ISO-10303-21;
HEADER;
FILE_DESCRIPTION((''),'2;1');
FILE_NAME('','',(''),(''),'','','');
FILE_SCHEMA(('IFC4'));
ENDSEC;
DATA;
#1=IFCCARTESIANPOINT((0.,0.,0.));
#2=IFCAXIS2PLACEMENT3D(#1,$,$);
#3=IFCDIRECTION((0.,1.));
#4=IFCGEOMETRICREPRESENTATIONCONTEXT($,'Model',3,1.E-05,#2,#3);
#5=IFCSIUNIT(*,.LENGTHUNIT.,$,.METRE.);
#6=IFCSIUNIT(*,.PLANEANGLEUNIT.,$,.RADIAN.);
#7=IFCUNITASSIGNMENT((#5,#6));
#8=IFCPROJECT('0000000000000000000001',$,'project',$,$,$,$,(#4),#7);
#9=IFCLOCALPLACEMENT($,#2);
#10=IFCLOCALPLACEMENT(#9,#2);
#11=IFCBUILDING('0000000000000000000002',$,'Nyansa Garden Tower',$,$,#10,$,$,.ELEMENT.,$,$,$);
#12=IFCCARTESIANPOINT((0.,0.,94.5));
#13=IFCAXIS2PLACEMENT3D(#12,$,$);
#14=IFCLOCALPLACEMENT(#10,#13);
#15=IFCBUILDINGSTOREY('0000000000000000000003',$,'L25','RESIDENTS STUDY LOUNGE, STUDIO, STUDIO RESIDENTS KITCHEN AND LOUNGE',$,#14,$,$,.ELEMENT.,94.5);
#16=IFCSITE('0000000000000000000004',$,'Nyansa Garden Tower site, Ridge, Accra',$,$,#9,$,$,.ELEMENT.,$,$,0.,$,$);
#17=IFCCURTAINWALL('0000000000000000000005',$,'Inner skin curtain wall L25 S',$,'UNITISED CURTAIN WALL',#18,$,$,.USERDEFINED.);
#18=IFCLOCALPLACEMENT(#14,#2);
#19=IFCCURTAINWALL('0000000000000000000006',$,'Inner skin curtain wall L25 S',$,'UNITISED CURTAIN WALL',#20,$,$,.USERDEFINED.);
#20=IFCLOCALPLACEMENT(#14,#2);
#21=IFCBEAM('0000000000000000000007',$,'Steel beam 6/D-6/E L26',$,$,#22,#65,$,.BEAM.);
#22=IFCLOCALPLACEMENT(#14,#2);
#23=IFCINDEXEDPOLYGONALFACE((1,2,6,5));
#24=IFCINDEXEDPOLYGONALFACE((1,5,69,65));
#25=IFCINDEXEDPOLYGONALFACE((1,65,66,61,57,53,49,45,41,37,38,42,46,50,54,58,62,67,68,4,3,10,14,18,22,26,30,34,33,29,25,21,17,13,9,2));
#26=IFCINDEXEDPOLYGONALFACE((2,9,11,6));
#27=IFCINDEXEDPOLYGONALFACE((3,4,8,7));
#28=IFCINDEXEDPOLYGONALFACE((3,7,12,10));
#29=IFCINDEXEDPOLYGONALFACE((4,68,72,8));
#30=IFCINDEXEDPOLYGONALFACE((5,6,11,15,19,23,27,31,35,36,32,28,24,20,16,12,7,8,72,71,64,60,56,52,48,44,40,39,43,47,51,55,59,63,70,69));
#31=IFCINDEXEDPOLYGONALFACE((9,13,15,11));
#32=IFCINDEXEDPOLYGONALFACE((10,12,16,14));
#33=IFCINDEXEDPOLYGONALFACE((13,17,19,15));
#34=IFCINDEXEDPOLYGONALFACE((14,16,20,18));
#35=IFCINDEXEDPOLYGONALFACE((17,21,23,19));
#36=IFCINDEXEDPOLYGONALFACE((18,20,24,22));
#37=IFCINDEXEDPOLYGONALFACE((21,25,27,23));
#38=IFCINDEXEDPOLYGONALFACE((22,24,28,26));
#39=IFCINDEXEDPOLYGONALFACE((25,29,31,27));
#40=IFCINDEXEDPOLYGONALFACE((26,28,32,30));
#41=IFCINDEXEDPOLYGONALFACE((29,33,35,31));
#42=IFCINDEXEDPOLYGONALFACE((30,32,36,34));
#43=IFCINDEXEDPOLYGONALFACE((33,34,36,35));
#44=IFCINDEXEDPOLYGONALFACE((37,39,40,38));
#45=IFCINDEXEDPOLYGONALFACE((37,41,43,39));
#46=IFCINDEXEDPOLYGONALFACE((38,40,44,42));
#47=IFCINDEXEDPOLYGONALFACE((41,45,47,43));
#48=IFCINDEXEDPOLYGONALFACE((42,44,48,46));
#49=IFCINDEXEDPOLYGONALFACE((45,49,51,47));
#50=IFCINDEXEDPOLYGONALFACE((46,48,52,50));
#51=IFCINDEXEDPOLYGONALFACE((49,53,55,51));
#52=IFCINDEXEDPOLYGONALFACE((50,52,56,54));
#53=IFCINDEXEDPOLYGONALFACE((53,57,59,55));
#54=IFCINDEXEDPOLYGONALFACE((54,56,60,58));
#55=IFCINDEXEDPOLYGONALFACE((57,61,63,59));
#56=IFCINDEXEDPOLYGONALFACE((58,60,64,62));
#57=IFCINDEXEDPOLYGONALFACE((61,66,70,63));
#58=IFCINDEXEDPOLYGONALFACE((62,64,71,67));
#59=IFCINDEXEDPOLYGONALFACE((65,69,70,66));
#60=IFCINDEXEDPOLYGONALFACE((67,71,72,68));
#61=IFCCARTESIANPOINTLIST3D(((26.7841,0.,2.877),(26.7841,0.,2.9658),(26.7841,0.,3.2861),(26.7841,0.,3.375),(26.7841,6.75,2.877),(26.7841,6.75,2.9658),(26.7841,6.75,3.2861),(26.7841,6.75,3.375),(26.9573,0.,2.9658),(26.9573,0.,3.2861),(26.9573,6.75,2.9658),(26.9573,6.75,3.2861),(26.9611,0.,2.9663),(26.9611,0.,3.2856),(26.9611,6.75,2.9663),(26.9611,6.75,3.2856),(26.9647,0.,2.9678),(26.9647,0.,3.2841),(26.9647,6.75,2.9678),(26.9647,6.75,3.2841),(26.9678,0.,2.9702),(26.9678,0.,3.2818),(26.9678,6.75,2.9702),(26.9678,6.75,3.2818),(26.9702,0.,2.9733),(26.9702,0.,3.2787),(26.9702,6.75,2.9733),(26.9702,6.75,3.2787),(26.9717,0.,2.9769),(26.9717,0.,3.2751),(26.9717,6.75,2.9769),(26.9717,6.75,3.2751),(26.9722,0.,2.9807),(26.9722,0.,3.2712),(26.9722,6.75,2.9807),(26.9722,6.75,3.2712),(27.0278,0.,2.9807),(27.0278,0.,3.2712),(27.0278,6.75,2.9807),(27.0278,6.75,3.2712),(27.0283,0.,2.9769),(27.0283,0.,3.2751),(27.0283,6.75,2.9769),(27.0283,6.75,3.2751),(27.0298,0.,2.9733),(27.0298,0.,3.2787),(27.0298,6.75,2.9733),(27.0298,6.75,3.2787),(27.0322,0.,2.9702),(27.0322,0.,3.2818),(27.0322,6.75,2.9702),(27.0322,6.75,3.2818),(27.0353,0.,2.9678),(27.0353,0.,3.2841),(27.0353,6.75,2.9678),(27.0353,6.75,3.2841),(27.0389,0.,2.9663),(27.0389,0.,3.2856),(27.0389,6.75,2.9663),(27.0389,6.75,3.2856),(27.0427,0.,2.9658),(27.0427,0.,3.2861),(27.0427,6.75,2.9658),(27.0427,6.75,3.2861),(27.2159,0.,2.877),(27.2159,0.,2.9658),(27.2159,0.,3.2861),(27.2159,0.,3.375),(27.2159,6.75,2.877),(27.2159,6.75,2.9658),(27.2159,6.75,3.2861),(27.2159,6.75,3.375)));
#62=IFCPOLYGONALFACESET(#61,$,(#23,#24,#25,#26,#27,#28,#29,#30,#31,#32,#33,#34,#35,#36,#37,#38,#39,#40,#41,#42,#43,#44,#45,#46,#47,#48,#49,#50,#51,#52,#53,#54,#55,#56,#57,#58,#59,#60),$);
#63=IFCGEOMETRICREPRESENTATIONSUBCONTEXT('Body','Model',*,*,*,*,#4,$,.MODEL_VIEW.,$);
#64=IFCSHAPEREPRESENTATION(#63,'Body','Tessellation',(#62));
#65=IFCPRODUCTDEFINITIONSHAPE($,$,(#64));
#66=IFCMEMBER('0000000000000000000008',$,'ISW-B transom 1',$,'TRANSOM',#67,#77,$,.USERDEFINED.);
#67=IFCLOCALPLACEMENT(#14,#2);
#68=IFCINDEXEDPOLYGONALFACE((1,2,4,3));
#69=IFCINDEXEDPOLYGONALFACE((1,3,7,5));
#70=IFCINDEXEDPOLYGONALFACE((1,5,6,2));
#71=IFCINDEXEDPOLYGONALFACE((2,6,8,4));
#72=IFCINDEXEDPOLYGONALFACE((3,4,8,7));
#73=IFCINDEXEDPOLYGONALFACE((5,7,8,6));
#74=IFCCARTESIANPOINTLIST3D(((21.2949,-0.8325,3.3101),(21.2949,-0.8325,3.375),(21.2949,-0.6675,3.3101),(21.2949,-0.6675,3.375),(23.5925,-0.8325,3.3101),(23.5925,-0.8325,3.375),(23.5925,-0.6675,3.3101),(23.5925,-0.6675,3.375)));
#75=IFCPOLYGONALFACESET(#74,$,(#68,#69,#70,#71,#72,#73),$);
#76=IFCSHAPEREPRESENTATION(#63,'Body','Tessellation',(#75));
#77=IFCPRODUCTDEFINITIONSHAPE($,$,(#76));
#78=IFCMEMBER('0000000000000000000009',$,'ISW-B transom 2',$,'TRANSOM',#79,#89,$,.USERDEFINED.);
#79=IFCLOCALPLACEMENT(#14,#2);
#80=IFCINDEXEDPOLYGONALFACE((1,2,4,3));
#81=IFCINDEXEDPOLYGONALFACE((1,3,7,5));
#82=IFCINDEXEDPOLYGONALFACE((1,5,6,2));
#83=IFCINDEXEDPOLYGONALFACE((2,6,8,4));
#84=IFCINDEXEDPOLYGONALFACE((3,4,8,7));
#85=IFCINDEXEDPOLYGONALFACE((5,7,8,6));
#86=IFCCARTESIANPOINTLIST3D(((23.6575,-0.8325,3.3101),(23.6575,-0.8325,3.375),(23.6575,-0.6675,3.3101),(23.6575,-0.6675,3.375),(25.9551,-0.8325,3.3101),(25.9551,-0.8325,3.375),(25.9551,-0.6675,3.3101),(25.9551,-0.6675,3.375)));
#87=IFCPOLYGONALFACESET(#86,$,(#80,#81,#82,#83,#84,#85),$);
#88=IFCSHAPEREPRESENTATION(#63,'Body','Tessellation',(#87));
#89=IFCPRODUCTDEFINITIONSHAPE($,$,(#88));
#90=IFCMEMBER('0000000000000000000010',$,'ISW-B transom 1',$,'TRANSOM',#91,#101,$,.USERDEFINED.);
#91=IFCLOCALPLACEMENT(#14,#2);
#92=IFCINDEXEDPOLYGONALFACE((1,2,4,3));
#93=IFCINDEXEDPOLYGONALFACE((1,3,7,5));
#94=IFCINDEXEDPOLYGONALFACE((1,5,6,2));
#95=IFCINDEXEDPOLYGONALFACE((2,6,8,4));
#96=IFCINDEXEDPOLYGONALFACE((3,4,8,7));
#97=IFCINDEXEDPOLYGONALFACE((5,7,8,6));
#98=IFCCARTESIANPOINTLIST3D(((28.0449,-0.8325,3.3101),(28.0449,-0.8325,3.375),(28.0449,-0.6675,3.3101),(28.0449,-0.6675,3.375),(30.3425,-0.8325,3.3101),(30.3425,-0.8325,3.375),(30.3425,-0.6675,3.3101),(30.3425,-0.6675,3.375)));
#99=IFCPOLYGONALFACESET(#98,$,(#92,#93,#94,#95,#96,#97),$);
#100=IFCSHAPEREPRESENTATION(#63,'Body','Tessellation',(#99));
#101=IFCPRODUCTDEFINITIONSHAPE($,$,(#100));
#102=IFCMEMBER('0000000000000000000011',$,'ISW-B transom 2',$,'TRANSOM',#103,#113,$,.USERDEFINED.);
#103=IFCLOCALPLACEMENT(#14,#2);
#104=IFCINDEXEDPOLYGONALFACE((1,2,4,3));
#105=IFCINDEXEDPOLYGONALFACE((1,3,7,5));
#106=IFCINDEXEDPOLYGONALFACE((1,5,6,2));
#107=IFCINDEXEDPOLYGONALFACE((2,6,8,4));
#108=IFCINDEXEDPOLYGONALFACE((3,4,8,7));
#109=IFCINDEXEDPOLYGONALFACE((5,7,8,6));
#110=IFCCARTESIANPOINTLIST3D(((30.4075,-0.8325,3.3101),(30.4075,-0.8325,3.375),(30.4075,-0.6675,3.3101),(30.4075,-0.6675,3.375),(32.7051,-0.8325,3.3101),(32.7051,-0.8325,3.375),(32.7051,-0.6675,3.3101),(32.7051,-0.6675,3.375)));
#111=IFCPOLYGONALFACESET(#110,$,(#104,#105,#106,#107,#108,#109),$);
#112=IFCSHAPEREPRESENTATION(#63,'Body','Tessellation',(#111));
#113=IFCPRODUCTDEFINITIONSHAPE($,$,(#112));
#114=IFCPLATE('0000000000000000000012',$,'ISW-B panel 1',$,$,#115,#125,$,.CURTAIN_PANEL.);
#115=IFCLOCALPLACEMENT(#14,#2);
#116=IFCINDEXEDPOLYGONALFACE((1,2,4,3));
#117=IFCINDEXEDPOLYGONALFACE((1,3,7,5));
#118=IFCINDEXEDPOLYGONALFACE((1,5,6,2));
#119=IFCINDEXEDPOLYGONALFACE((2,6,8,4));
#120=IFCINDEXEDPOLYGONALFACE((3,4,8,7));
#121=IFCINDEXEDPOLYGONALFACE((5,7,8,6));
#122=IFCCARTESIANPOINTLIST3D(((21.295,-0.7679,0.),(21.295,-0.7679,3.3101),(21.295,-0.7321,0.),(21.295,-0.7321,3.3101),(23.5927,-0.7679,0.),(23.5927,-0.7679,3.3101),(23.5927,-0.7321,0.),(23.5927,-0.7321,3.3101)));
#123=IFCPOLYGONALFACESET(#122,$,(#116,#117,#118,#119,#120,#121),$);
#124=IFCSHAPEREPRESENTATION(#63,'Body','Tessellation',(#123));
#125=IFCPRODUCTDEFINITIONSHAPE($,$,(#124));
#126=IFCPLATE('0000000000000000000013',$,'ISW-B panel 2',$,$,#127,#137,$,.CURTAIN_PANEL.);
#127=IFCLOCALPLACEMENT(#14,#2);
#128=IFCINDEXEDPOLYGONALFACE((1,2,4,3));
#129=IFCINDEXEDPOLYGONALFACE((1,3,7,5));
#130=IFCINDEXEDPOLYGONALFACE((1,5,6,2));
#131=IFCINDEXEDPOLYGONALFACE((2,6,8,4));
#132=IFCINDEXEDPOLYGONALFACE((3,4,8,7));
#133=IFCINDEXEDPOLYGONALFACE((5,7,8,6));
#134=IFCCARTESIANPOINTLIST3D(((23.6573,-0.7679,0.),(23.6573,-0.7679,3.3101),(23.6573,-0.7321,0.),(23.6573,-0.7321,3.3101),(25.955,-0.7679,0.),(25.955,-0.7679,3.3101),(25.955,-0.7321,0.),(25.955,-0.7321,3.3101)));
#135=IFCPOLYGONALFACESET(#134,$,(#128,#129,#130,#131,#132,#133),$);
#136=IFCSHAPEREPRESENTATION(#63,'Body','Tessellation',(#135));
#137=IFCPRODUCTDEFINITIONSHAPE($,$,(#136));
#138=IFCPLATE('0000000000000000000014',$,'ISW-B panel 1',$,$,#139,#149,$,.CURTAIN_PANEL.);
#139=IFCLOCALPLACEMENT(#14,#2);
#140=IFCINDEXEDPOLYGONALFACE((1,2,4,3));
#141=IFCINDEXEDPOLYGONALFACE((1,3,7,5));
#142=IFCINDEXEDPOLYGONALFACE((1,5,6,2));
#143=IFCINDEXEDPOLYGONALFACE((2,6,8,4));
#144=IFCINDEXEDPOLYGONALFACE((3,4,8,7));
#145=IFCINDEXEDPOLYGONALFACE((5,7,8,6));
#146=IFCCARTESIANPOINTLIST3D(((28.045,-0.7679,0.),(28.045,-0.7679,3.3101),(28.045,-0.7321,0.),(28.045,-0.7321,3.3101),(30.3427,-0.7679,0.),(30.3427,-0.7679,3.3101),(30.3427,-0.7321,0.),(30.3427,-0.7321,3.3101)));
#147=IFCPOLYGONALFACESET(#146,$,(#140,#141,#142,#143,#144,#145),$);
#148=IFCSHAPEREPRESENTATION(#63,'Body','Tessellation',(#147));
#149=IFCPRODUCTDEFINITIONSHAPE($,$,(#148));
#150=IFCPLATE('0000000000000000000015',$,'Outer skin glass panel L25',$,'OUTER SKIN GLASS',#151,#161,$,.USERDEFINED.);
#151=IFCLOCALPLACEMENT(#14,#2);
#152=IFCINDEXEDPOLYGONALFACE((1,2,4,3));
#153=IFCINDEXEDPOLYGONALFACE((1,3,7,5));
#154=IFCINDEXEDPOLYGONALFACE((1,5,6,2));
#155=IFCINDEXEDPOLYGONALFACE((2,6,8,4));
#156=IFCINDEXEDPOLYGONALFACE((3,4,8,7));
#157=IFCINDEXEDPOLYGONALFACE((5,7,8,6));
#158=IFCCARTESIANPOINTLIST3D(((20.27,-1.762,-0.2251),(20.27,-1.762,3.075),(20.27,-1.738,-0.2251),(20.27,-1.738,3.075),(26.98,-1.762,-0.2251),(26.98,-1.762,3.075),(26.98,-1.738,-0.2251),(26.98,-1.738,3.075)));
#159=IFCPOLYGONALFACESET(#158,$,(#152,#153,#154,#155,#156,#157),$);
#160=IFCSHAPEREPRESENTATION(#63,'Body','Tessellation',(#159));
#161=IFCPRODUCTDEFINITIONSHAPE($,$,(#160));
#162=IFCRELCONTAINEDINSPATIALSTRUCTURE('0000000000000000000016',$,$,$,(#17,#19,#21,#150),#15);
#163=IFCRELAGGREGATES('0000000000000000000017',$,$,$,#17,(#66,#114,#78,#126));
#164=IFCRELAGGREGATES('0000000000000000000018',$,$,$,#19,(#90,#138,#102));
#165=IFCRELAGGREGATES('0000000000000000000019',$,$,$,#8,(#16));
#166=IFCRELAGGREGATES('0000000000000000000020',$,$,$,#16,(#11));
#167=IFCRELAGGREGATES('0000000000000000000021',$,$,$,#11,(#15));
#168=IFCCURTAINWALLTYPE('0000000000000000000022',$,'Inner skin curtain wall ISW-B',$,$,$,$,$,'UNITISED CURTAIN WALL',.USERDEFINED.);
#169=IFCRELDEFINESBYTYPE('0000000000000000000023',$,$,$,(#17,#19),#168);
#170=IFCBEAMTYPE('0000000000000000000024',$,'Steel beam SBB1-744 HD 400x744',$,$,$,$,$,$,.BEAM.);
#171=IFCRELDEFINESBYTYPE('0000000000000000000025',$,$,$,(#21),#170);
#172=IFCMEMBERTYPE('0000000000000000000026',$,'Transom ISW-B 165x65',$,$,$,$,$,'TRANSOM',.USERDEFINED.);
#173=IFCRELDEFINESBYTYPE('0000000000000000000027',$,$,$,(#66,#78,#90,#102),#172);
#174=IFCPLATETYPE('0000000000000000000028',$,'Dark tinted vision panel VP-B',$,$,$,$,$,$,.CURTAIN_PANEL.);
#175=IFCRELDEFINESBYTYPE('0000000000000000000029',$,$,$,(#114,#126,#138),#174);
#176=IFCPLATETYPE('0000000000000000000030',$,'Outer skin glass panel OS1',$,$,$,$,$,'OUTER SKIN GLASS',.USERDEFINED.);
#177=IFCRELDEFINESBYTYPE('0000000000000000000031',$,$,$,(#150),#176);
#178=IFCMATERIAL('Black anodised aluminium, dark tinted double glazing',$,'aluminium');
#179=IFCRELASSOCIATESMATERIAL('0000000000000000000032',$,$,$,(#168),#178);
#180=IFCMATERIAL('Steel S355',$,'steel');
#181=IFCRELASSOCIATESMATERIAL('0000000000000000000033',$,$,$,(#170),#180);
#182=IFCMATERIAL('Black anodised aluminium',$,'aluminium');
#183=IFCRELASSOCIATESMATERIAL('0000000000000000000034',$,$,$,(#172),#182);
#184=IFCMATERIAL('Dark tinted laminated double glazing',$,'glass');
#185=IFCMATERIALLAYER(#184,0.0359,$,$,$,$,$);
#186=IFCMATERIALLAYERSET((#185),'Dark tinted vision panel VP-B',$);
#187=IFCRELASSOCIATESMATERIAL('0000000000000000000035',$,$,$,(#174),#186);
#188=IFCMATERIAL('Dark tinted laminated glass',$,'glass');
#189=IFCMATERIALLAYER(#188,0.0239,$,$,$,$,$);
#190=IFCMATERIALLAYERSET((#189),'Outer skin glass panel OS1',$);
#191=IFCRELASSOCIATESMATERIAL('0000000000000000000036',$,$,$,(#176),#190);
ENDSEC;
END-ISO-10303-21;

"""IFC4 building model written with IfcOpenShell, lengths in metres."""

from ifc_helpers import new_model, si_unit, direction, frame, origin, origin_2d, place, context, subcontext, project, spatial, rectangle, i_section, extrude, material, layer, layer_set, material_profile, profile_set, type_object, element, aggregate, save


model = new_model("IFC4")

# Units and contexts
model_context = context("Model", 3, precision=1e-05, world=origin(), true_north=direction((0.0, 1.0)))
body_context = subcontext(model_context, "Body", "Model", "MODEL_VIEW")
ifc_project = project(units=[si_unit("LENGTHUNIT", "METRE"), si_unit("PLANEANGLEUNIT", "RADIAN")], contexts=[model_context])

# Site, building, storey
site_placement = place(None, origin())
site = spatial("IfcSite", under=ifc_project, at=site_placement, Name="Nyansa Garden Tower site, Ridge, Accra", CompositionType="ELEMENT", RefElevation=0.0)
building_placement = place(site_placement, origin())
building = spatial("IfcBuilding", under=site, at=building_placement, Name="Nyansa Garden Tower", CompositionType="ELEMENT")
storey_placement = place(building_placement, frame((0.0, 0.0, 94.5)))
storey = spatial("IfcBuildingStorey", under=building, at=storey_placement, Name="L25", Description="RESIDENTS STUDY LOUNGE, STUDIO, STUDIO RESIDENTS KITCHEN AND LOUNGE", CompositionType="ELEMENT", Elevation=94.5)

# Curtain walls
ifc_material_1 = material(Name="Black anodised aluminium, dark tinted double glazing", Category="aluminium")
curtain_wall_type = type_object("IfcCurtainWallType", Name="Inner skin curtain wall ISW-B", ElementType="UNITISED CURTAIN WALL", PredefinedType="USERDEFINED", material=ifc_material_1)
curtain_wall_1_placement = place(storey_placement, origin())
curtain_wall_1 = element("IfcCurtainWall", 1, at=curtain_wall_1_placement, inside=storey, type_object=curtain_wall_type, Name="Inner skin curtain wall L25 S", ObjectType="UNITISED CURTAIN WALL", PredefinedType="USERDEFINED")
curtain_wall_2_placement = place(storey_placement, origin())
curtain_wall_2 = element("IfcCurtainWall", 2, at=curtain_wall_2_placement, inside=storey, type_object=curtain_wall_type, Name="Inner skin curtain wall L25 S", ObjectType="UNITISED CURTAIN WALL", PredefinedType="USERDEFINED")

# Beam
ifc_material_2 = material(Name="Steel S355", Category="steel")
ifc_material_profile_1 = material_profile(ifc_material_2, i_section(OverallWidth=0.4319, OverallDepth=0.498, WebThickness=0.0557, FlangeThickness=0.0889, FilletRadius=0.0149, at=origin_2d()), Name="HD 400x744")
ifc_profile_set_1 = profile_set([ifc_material_profile_1], Name="Steel S355")
beam_type_1 = type_object("IfcBeamType", Name="Steel beam SBB1-744 HD 400x744", PredefinedType="BEAM", material=ifc_profile_set_1)
beam_1_placement = place(storey_placement, frame((27.0, 0.0, 3.126), z_axis=(0.0, 1.0, 0.0), x_axis=(-1.0, 0.0, 0.0)))
element("IfcBeam", 3, at=beam_1_placement, inside=storey, type_object=beam_type_1, Name="Steel beam 6/D-6/E L26", PredefinedType="BEAM", context=body_context, shape_type="SweptSolid", body=[
    extrude(i_section(OverallWidth=0.4319, OverallDepth=0.498, WebThickness=0.0557, FlangeThickness=0.0889, FilletRadius=0.0149, at=origin_2d()), origin(), (0.0, 0.0, 1.0), 6.75),
])

# Members
ifc_material_3 = material(Name="Black anodised aluminium", Category="aluminium")
ifc_material_profile_2 = material_profile(ifc_material_3, rectangle(XDim=0.165, YDim=0.0649, at=origin_2d()), Name="Transom 165x65")
ifc_profile_set_2 = profile_set([ifc_material_profile_2], Name="Black anodised aluminium")
member_type_1 = type_object("IfcMemberType", Name="Transom ISW-B 165x65", ElementType="TRANSOM", PredefinedType="USERDEFINED", material=ifc_profile_set_2)
member_1_placement = place(storey_placement, frame((21.2949, -0.75, 3.3425), z_axis=(1.0, 0.0, 0.0), x_axis=(0.0, 1.0, 0.0)))
member_1 = element("IfcMember", 4, at=member_1_placement, type_object=member_type_1, Name="ISW-B transom 1", ObjectType="TRANSOM", PredefinedType="USERDEFINED", context=body_context, shape_type="SweptSolid", body=[
    extrude(rectangle(XDim=0.165, YDim=0.0649, at=origin_2d()), origin(), (0.0, 0.0, 1.0), 2.2976),
])
member_2_placement = place(storey_placement, frame((23.6575, -0.75, 3.3425), z_axis=(1.0, 0.0, 0.0), x_axis=(0.0, 1.0, 0.0)))
member_2 = element("IfcMember", 5, at=member_2_placement, type_object=member_type_1, Name="ISW-B transom 2", ObjectType="TRANSOM", PredefinedType="USERDEFINED", context=body_context, shape_type="SweptSolid", body=[
    extrude(rectangle(XDim=0.165, YDim=0.0649, at=origin_2d()), origin(), (0.0, 0.0, 1.0), 2.2976),
])
member_3_placement = place(storey_placement, frame((28.0449, -0.75, 3.3425), z_axis=(1.0, 0.0, 0.0), x_axis=(0.0, 1.0, 0.0)))
member_3 = element("IfcMember", 6, at=member_3_placement, type_object=member_type_1, Name="ISW-B transom 1", ObjectType="TRANSOM", PredefinedType="USERDEFINED", context=body_context, shape_type="SweptSolid", body=[
    extrude(rectangle(XDim=0.165, YDim=0.0649, at=origin_2d()), origin(), (0.0, 0.0, 1.0), 2.2976),
])
member_4_placement = place(storey_placement, frame((30.4075, -0.75, 3.3425), z_axis=(1.0, 0.0, 0.0), x_axis=(0.0, 1.0, 0.0)))
member_4 = element("IfcMember", 7, at=member_4_placement, type_object=member_type_1, Name="ISW-B transom 2", ObjectType="TRANSOM", PredefinedType="USERDEFINED", context=body_context, shape_type="SweptSolid", body=[
    extrude(rectangle(XDim=0.165, YDim=0.0649, at=origin_2d()), origin(), (0.0, 0.0, 1.0), 2.2976),
])

# Plates
ifc_material_4 = material(Name="Dark tinted laminated double glazing", Category="glass")
ifc_layer_1 = layer(ifc_material_4, 0.0359)
ifc_layer_set_1 = layer_set([ifc_layer_1], Name="Dark tinted vision panel VP-B")
plate_type_1 = type_object("IfcPlateType", Name="Dark tinted vision panel VP-B", PredefinedType="CURTAIN_PANEL", material=ifc_layer_set_1)
plate_1_placement = place(storey_placement, frame((22.4438, -0.75, 0.0), z_axis=(0.0, 0.0, 1.0), x_axis=(1.0, 0.0, 0.0)))
plate_1 = element("IfcPlate", 8, at=plate_1_placement, type_object=plate_type_1, Name="ISW-B panel 1", PredefinedType="CURTAIN_PANEL", context=body_context, shape_type="SweptSolid", body=[
    extrude(rectangle(XDim=2.2976, YDim=0.0359, at=origin_2d()), origin(), (0.0, 0.0, 1.0), 3.3101),
])
plate_2_placement = place(storey_placement, frame((24.8062, -0.75, 0.0), z_axis=(0.0, 0.0, 1.0), x_axis=(1.0, 0.0, 0.0)))
plate_2 = element("IfcPlate", 9, at=plate_2_placement, type_object=plate_type_1, Name="ISW-B panel 2", PredefinedType="CURTAIN_PANEL", context=body_context, shape_type="SweptSolid", body=[
    extrude(rectangle(XDim=2.2976, YDim=0.0359, at=origin_2d()), origin(), (0.0, 0.0, 1.0), 3.3101),
])
aggregate(curtain_wall_1, [member_1, plate_1, member_2, plate_2])
plate_3_placement = place(storey_placement, frame((29.1938, -0.75, 0.0), z_axis=(0.0, 0.0, 1.0), x_axis=(1.0, 0.0, 0.0)))
plate_3 = element("IfcPlate", 10, at=plate_3_placement, type_object=plate_type_1, Name="ISW-B panel 1", PredefinedType="CURTAIN_PANEL", context=body_context, shape_type="SweptSolid", body=[
    extrude(rectangle(XDim=2.2976, YDim=0.0359, at=origin_2d()), origin(), (0.0, 0.0, 1.0), 3.3101),
])
aggregate(curtain_wall_2, [member_3, plate_3, member_4])
ifc_material_5 = material(Name="Dark tinted laminated glass", Category="glass")
ifc_layer_2 = layer(ifc_material_5, 0.0239)
ifc_layer_set_2 = layer_set([ifc_layer_2], Name="Outer skin glass panel OS1")
plate_type_2 = type_object("IfcPlateType", Name="Outer skin glass panel OS1", ElementType="OUTER SKIN GLASS", PredefinedType="USERDEFINED", material=ifc_layer_set_2)
plate_4_placement = place(storey_placement, frame((23.625, -1.75, -0.2251), z_axis=(0.0, 0.0, 1.0), x_axis=(1.0, 0.0, 0.0)))
element("IfcPlate", 11, at=plate_4_placement, inside=storey, type_object=plate_type_2, Name="Outer skin glass panel L25", ObjectType="OUTER SKIN GLASS", PredefinedType="USERDEFINED", context=body_context, shape_type="SweptSolid", body=[
    extrude(rectangle(XDim=6.71, YDim=0.0239, at=origin_2d()), origin(), (0.0, 0.0, 1.0), 3.3),
])

save(model, "model.ifc")
